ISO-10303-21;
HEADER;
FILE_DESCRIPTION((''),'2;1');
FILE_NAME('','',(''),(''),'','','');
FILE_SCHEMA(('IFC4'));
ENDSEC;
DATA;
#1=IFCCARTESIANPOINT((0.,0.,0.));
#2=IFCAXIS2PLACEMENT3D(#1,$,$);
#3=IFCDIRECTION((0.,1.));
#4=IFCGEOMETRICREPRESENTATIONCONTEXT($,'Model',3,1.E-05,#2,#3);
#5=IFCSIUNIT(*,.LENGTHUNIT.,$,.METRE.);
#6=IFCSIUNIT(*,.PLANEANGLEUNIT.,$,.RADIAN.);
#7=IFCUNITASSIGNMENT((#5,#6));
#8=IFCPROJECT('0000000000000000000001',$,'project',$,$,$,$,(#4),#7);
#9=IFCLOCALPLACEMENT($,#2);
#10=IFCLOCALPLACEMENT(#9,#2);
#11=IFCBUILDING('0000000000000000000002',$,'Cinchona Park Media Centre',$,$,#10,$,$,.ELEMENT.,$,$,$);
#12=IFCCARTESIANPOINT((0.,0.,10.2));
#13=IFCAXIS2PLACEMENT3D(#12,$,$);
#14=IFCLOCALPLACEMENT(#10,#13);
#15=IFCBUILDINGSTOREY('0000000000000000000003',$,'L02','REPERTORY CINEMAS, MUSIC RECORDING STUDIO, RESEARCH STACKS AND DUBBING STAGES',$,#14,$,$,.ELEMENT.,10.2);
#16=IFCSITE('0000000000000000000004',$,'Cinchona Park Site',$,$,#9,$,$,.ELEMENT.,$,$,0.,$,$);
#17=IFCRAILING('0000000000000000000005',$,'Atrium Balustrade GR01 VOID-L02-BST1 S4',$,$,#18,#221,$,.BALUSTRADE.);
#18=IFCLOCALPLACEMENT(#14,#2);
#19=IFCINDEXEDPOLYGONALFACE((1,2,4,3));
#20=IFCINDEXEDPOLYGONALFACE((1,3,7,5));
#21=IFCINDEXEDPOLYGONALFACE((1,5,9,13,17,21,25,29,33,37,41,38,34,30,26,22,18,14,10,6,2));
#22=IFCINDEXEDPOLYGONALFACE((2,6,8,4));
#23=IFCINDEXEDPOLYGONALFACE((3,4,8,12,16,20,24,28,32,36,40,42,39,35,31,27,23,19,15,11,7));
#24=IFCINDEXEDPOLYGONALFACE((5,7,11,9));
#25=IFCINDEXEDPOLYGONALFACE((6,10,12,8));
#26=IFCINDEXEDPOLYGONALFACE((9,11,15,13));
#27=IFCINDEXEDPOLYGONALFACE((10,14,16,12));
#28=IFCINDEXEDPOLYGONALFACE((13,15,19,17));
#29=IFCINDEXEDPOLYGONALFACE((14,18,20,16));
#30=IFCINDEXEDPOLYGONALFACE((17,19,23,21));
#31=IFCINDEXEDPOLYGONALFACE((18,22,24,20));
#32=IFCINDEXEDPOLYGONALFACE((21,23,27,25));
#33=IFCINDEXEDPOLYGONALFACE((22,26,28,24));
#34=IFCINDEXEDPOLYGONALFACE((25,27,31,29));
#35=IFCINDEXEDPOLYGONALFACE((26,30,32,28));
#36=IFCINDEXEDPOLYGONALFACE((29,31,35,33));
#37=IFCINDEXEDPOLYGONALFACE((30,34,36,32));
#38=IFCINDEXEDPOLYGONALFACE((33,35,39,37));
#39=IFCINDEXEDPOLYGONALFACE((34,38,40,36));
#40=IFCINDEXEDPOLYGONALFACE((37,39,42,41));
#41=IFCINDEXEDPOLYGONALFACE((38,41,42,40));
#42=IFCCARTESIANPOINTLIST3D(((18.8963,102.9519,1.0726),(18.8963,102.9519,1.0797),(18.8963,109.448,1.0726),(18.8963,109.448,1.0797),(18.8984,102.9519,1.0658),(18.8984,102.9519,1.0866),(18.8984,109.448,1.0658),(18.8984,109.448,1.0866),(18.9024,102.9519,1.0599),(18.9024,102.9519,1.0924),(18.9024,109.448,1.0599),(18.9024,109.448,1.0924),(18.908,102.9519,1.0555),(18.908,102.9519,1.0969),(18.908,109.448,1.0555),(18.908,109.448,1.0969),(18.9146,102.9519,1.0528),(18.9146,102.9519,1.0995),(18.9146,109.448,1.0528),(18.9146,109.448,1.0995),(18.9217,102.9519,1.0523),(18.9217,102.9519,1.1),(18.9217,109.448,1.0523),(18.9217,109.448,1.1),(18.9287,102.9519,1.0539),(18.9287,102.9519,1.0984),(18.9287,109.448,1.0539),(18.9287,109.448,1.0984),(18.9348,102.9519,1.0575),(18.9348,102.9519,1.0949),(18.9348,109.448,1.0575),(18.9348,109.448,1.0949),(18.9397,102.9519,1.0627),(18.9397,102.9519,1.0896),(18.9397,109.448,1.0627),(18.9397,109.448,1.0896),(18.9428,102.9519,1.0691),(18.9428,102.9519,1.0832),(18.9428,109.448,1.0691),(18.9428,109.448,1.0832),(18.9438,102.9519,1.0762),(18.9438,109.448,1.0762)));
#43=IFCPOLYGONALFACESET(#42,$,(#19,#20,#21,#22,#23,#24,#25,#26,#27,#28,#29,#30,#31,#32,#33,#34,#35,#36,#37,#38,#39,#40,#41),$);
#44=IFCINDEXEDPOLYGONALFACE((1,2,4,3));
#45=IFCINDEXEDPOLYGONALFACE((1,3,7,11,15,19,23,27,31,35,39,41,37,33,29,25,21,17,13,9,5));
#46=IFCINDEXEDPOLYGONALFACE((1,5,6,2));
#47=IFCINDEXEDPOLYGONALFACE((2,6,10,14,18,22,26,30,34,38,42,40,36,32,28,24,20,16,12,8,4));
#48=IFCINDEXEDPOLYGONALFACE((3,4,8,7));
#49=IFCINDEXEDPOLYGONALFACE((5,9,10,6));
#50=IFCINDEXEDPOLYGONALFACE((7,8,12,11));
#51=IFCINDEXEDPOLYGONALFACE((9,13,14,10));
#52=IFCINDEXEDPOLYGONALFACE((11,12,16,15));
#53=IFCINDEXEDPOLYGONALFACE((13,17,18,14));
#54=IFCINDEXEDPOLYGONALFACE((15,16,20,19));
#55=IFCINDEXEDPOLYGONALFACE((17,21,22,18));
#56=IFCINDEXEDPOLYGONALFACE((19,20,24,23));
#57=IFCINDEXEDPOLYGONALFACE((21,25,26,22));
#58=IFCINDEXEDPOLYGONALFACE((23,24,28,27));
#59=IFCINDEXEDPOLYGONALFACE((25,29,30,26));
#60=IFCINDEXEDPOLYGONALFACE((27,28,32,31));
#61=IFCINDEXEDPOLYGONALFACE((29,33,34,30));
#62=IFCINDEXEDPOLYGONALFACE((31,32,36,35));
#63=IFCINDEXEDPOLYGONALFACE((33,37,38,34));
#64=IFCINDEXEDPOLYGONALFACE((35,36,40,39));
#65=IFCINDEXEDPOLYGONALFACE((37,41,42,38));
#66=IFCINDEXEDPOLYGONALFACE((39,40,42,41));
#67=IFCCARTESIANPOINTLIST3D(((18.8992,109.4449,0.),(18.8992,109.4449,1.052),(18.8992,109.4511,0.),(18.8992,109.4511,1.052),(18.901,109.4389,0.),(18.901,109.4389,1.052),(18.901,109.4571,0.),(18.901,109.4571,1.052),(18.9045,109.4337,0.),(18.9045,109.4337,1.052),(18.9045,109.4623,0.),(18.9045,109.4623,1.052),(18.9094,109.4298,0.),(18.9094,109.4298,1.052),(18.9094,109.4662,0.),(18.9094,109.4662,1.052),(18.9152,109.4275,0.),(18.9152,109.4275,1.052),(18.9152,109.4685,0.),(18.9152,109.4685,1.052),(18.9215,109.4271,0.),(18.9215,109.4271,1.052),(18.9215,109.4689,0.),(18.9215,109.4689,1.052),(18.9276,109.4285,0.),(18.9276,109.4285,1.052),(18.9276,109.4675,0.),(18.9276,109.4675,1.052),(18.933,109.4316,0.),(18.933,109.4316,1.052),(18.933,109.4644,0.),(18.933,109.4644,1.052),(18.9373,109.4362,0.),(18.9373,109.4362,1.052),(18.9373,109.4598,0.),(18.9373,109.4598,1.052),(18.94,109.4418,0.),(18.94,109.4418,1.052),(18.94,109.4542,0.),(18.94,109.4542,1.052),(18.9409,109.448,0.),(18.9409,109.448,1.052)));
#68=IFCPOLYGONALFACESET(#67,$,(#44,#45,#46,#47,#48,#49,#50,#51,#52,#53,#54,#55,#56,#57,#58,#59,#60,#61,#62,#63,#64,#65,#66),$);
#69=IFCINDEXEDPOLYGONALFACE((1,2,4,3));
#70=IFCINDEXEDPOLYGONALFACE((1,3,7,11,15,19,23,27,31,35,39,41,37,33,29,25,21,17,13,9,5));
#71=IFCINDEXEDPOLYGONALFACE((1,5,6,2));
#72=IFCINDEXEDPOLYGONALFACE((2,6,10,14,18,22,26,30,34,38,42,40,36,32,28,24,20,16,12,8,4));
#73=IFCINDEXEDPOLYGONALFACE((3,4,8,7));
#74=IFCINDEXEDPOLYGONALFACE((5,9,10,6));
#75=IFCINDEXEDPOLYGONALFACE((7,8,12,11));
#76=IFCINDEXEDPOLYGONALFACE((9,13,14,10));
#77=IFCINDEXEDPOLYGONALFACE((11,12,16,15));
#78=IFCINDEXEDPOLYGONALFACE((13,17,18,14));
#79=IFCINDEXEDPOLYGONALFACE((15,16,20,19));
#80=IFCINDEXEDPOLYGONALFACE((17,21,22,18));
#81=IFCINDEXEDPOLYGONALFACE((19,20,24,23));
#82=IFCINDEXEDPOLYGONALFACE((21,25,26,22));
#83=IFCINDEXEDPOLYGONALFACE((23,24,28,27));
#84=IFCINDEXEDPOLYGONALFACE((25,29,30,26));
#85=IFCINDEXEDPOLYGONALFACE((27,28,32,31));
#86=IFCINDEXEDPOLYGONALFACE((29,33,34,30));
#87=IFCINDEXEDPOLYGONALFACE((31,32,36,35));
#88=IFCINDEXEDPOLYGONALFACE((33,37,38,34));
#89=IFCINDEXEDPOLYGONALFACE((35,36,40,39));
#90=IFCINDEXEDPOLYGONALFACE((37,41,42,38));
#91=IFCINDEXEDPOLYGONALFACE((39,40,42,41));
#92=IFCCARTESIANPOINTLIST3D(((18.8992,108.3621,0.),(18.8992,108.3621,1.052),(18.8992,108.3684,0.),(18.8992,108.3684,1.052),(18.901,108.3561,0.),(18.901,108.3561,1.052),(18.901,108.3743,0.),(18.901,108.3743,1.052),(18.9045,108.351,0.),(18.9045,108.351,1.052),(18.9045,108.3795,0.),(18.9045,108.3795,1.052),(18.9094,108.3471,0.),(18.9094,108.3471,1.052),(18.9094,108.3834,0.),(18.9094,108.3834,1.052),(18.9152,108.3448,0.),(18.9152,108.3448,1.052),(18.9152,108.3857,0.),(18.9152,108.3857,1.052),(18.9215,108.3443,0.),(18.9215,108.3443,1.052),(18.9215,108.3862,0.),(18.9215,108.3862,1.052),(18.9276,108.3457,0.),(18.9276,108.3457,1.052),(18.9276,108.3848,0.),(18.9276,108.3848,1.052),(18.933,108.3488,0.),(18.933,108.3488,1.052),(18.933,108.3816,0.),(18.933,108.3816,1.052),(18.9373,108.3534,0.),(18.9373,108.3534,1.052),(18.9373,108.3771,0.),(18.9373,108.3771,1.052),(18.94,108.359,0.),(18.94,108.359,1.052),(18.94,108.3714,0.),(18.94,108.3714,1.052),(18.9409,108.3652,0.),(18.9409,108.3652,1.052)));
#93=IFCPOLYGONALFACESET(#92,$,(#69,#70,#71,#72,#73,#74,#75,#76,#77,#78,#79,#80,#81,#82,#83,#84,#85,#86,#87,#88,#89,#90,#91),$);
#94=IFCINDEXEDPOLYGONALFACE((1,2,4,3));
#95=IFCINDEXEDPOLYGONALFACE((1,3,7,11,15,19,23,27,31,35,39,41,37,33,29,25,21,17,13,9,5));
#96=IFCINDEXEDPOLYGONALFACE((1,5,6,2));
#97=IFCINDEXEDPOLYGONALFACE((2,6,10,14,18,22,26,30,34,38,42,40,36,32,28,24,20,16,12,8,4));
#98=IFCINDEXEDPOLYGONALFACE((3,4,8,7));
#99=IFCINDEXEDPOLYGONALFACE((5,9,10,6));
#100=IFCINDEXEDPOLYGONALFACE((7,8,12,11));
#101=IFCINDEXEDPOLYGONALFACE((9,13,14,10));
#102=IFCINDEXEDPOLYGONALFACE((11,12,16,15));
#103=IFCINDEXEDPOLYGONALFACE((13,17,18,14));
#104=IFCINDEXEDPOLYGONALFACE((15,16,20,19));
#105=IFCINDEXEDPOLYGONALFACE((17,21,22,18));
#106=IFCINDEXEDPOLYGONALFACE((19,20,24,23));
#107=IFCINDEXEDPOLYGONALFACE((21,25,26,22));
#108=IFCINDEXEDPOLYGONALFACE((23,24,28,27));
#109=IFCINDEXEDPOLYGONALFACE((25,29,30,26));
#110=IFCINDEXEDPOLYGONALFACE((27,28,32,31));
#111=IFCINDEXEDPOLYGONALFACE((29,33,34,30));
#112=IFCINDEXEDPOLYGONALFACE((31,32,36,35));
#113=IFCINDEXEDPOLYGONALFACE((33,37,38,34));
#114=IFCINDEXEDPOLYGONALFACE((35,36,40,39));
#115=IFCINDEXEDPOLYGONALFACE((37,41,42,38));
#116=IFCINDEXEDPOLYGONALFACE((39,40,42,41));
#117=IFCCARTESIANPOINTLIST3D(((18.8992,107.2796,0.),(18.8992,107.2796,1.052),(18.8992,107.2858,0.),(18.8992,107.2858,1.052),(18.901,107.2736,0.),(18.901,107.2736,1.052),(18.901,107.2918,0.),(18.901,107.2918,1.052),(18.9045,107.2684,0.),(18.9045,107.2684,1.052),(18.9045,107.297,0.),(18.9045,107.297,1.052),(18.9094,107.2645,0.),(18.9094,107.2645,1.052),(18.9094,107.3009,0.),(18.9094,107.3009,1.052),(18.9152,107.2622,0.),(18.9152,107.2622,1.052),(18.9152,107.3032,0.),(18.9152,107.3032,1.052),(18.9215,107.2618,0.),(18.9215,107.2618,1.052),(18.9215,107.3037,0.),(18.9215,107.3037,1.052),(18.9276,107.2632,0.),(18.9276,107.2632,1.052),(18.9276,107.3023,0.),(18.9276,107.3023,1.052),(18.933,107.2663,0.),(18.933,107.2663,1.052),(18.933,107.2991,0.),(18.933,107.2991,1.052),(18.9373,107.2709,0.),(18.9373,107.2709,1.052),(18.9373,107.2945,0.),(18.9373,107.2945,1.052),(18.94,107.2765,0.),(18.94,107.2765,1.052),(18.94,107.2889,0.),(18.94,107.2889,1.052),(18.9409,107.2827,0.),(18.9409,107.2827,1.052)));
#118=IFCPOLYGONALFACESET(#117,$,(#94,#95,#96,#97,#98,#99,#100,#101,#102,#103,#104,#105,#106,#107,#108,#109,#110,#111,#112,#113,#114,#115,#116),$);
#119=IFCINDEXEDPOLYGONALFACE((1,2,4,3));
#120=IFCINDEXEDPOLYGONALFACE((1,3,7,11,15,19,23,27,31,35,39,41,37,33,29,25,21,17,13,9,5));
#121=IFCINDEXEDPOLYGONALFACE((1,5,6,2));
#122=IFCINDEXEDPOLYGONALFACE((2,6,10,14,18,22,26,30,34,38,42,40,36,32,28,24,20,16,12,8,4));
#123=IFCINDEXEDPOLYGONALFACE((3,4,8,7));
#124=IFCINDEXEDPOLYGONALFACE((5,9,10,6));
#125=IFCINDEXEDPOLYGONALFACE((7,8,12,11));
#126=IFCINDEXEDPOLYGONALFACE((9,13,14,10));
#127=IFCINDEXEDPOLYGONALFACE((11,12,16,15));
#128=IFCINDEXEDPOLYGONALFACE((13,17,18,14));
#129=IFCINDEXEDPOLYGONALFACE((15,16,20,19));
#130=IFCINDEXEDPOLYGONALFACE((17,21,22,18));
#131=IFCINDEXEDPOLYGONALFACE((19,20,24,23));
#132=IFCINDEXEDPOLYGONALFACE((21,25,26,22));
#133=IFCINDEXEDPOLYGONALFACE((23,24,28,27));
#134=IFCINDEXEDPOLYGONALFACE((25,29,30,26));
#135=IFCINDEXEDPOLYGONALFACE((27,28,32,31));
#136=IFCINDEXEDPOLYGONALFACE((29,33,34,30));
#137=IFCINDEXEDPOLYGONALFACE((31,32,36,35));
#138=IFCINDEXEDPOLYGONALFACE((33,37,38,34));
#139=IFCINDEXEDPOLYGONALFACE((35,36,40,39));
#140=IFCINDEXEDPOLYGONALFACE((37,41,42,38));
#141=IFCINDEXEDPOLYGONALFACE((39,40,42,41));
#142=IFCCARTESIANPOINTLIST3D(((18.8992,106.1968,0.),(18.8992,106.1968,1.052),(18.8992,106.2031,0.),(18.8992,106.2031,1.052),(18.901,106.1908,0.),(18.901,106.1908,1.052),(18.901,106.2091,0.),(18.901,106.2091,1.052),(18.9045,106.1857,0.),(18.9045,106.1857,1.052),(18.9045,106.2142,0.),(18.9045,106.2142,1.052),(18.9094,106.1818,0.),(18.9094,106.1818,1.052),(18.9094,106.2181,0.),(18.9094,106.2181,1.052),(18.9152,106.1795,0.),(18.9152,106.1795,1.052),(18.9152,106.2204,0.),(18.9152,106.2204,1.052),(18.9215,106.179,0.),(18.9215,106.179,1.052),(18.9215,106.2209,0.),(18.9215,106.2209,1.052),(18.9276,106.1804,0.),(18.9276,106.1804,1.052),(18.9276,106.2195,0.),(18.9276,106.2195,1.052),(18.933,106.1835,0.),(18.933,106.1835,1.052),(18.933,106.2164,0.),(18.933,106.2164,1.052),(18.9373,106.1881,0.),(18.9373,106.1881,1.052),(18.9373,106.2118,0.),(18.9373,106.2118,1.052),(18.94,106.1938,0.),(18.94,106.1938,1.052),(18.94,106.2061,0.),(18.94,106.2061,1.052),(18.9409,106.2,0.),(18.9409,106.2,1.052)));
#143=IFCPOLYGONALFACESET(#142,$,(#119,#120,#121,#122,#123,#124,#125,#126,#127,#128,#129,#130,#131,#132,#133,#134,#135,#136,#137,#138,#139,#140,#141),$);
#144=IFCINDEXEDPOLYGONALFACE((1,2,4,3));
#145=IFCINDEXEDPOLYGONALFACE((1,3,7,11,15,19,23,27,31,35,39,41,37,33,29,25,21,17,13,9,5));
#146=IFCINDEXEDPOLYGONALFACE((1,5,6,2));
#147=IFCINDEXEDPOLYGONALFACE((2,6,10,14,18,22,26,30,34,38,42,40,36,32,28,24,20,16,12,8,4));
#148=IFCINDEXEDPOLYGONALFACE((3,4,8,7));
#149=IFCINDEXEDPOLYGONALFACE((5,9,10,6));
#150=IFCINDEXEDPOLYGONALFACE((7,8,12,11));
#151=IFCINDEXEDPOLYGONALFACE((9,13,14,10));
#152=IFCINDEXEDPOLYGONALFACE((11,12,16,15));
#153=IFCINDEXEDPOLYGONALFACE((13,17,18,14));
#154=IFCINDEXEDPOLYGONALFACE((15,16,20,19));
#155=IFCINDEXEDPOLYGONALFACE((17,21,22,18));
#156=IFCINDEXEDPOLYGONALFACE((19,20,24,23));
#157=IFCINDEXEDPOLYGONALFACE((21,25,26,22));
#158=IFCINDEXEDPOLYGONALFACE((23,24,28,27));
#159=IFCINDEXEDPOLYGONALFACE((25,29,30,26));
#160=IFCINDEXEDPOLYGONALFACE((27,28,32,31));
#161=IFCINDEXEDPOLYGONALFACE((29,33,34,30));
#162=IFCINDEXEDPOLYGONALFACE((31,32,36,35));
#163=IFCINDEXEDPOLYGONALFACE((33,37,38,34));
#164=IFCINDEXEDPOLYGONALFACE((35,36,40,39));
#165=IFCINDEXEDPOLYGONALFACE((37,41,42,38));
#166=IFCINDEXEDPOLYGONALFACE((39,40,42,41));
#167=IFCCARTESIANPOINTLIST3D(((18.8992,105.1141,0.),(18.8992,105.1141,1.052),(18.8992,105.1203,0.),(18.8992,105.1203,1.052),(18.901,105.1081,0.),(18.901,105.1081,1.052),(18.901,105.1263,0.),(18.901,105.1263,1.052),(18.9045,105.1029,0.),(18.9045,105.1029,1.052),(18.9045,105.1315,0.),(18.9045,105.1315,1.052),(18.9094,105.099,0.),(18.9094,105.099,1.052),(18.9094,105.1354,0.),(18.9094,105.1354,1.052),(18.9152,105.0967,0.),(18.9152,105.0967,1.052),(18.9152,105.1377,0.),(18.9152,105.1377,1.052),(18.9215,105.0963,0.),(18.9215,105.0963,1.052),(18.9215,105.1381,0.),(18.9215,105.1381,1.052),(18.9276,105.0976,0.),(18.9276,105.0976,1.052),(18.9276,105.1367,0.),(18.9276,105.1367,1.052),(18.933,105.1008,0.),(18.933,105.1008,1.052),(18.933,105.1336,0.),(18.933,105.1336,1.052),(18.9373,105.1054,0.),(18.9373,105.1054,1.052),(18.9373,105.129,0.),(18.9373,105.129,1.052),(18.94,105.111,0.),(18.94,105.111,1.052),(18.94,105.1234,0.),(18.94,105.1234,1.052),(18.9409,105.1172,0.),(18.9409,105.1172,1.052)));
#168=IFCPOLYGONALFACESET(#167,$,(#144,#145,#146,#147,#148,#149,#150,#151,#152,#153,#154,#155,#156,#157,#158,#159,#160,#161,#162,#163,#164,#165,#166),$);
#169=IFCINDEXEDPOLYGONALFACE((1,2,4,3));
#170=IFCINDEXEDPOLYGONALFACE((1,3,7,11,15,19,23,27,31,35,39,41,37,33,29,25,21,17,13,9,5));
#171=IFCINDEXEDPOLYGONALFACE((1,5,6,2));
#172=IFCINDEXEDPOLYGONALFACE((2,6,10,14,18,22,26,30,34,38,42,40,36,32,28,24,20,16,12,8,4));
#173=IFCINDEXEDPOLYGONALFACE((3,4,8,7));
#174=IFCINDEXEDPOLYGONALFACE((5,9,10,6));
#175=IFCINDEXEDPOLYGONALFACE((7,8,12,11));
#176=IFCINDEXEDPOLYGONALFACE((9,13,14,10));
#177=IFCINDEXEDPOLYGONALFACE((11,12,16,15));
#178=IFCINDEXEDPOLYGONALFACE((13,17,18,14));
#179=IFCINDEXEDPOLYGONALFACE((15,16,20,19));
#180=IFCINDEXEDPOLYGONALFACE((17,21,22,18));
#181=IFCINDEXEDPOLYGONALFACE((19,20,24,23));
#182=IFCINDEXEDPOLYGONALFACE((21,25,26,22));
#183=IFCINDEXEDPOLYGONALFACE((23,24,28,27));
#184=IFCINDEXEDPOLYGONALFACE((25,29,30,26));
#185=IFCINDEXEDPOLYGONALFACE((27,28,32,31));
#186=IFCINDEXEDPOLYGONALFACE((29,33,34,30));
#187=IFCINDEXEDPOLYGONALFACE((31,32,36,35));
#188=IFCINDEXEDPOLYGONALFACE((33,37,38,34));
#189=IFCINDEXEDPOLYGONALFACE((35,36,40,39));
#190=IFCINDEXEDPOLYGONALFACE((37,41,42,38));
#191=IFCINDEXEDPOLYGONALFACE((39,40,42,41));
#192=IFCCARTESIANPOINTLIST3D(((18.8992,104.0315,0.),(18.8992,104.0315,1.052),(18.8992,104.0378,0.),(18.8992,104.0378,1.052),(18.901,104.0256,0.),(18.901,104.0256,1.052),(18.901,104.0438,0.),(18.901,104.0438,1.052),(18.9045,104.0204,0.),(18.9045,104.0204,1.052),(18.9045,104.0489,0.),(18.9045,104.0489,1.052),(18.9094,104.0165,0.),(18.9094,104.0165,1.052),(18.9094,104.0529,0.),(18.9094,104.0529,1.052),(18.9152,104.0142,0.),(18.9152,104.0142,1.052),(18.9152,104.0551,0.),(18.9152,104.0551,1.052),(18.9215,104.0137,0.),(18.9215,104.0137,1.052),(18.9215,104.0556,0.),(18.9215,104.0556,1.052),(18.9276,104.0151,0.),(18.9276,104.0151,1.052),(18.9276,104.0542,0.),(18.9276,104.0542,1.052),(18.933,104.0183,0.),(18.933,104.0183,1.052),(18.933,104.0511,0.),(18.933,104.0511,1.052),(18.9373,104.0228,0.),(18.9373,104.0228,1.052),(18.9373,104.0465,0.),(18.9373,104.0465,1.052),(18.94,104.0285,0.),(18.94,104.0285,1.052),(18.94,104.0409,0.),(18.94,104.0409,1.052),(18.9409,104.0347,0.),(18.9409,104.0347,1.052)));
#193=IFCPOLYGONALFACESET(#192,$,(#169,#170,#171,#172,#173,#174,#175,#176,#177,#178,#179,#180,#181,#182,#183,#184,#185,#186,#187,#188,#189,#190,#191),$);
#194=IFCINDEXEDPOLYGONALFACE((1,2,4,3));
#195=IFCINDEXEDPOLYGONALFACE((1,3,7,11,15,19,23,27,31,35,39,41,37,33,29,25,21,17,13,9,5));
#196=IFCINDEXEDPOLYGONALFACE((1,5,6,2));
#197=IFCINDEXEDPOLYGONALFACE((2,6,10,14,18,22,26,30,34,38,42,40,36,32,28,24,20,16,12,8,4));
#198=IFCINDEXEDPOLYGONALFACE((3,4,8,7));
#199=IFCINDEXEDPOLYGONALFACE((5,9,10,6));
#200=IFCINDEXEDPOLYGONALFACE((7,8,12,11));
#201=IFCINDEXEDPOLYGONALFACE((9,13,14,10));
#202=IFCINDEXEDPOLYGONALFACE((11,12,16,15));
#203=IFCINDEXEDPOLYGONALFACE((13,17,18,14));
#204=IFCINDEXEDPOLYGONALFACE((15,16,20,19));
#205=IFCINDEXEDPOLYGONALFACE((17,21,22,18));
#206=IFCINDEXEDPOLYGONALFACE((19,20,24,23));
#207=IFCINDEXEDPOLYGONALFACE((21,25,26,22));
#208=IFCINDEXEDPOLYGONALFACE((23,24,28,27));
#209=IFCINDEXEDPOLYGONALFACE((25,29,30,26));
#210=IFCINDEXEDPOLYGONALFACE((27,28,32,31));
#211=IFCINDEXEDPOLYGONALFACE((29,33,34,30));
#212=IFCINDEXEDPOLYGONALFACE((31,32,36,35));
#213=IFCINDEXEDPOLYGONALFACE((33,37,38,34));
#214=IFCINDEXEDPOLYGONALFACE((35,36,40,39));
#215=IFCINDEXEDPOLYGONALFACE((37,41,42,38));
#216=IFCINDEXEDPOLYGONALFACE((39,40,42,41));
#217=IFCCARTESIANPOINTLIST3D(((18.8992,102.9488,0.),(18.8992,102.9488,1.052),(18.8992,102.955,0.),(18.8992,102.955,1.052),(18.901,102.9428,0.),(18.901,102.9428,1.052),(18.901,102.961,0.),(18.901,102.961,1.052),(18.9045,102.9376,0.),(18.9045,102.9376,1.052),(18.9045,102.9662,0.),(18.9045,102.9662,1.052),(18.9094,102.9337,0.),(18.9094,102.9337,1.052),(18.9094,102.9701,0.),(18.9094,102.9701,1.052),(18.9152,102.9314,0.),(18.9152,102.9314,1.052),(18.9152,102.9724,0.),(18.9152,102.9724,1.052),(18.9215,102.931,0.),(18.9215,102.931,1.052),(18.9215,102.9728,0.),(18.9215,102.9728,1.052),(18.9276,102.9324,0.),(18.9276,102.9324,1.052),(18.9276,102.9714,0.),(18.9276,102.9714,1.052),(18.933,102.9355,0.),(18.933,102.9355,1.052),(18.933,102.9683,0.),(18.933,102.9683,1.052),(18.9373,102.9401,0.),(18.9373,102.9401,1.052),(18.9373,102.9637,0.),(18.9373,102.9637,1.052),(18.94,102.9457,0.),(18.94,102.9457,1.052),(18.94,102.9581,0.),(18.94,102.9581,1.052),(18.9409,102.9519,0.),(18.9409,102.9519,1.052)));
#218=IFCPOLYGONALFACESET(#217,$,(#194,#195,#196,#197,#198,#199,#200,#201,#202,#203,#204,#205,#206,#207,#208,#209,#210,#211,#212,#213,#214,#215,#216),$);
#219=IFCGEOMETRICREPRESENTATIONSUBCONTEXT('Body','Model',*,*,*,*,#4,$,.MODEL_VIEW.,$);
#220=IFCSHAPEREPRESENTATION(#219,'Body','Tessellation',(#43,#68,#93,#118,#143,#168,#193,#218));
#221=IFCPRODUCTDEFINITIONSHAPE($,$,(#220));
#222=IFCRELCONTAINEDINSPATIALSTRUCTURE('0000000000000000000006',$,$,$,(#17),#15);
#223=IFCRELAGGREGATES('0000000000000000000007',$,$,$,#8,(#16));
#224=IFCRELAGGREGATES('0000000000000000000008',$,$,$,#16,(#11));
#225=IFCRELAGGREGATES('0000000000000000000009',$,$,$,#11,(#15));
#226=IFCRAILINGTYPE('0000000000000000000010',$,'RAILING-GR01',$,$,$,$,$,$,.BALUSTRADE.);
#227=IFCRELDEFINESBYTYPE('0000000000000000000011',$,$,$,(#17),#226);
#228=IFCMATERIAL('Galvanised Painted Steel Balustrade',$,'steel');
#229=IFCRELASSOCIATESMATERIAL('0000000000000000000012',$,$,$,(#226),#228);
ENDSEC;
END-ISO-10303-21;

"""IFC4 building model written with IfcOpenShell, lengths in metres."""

from ifc_helpers import new_model, si_unit, direction, frame, origin, origin_2d, place, context, subcontext, project, spatial, circle, extrude, material, type_object, element, save


model = new_model("IFC4")

# Units and contexts
model_context = context("Model", 3, precision=1e-05, world=origin(), true_north=direction((0.0, 1.0)))
body_context = subcontext(model_context, "Body", "Model", "MODEL_VIEW")
ifc_project = project(units=[si_unit("LENGTHUNIT", "METRE"), si_unit("PLANEANGLEUNIT", "RADIAN")], contexts=[model_context])

# Site, building, storey
site_placement = place(None, origin())
site = spatial("IfcSite", under=ifc_project, at=site_placement, Name="Cinchona Park Site", CompositionType="ELEMENT", RefElevation=0.0)
building_placement = place(site_placement, origin())
building = spatial("IfcBuilding", under=site, at=building_placement, Name="Cinchona Park Media Centre", CompositionType="ELEMENT")
storey_placement = place(building_placement, frame((0.0, 0.0, 10.2)))
storey = spatial("IfcBuildingStorey", under=building, at=storey_placement, Name="L02", Description="REPERTORY CINEMAS, MUSIC RECORDING STUDIO, RESEARCH STACKS AND DUBBING STAGES", CompositionType="ELEMENT", Elevation=10.2)

# Railing
ifc_material_1 = material(Name="Galvanised Painted Steel Balustrade", Category="steel")
railing_type = type_object("IfcRailingType", Name="RAILING-GR01", PredefinedType="BALUSTRADE", material=ifc_material_1)
railing_placement = place(storey_placement, frame((18.9199, 109.448, 0.0)))
element("IfcRailing", 1, at=railing_placement, inside=storey, type_object=railing_type, Name="Atrium Balustrade GR01 VOID-L02-BST1 S4", PredefinedType="BALUSTRADE", context=body_context, shape_type="SweptSolid", body=[
    extrude(circle(Radius=0.0239, at=origin_2d()), frame((0.0, 0.0, 1.0762), z_axis=(0.0, -1.0, 0.0), x_axis=(1.0, 0.0, 0.0)), (0.0, 0.0, 1.0), 6.4961),
    extrude(circle(Radius=0.021, at=origin_2d()), origin(), (0.0, 0.0, 1.0), 1.052),
    extrude(circle(Radius=0.021, at=origin_2d()), frame((0.0, -1.0828, 0.0)), (0.0, 0.0, 1.0), 1.052),
    extrude(circle(Radius=0.021, at=origin_2d()), frame((0.0, -2.1653, 0.0)), (0.0, 0.0, 1.0), 1.052),
    extrude(circle(Radius=0.021, at=origin_2d()), frame((0.0, -3.248, 0.0)), (0.0, 0.0, 1.0), 1.052),
    extrude(circle(Radius=0.021, at=origin_2d()), frame((0.0, -4.3308, 0.0)), (0.0, 0.0, 1.0), 1.052),
    extrude(circle(Radius=0.021, at=origin_2d()), frame((0.0, -5.4133, 0.0)), (0.0, 0.0, 1.0), 1.052),
    extrude(circle(Radius=0.021, at=origin_2d()), frame((0.0, -6.4961, 0.0)), (0.0, 0.0, 1.0), 1.052),
])

save(model, "model.ifc")
